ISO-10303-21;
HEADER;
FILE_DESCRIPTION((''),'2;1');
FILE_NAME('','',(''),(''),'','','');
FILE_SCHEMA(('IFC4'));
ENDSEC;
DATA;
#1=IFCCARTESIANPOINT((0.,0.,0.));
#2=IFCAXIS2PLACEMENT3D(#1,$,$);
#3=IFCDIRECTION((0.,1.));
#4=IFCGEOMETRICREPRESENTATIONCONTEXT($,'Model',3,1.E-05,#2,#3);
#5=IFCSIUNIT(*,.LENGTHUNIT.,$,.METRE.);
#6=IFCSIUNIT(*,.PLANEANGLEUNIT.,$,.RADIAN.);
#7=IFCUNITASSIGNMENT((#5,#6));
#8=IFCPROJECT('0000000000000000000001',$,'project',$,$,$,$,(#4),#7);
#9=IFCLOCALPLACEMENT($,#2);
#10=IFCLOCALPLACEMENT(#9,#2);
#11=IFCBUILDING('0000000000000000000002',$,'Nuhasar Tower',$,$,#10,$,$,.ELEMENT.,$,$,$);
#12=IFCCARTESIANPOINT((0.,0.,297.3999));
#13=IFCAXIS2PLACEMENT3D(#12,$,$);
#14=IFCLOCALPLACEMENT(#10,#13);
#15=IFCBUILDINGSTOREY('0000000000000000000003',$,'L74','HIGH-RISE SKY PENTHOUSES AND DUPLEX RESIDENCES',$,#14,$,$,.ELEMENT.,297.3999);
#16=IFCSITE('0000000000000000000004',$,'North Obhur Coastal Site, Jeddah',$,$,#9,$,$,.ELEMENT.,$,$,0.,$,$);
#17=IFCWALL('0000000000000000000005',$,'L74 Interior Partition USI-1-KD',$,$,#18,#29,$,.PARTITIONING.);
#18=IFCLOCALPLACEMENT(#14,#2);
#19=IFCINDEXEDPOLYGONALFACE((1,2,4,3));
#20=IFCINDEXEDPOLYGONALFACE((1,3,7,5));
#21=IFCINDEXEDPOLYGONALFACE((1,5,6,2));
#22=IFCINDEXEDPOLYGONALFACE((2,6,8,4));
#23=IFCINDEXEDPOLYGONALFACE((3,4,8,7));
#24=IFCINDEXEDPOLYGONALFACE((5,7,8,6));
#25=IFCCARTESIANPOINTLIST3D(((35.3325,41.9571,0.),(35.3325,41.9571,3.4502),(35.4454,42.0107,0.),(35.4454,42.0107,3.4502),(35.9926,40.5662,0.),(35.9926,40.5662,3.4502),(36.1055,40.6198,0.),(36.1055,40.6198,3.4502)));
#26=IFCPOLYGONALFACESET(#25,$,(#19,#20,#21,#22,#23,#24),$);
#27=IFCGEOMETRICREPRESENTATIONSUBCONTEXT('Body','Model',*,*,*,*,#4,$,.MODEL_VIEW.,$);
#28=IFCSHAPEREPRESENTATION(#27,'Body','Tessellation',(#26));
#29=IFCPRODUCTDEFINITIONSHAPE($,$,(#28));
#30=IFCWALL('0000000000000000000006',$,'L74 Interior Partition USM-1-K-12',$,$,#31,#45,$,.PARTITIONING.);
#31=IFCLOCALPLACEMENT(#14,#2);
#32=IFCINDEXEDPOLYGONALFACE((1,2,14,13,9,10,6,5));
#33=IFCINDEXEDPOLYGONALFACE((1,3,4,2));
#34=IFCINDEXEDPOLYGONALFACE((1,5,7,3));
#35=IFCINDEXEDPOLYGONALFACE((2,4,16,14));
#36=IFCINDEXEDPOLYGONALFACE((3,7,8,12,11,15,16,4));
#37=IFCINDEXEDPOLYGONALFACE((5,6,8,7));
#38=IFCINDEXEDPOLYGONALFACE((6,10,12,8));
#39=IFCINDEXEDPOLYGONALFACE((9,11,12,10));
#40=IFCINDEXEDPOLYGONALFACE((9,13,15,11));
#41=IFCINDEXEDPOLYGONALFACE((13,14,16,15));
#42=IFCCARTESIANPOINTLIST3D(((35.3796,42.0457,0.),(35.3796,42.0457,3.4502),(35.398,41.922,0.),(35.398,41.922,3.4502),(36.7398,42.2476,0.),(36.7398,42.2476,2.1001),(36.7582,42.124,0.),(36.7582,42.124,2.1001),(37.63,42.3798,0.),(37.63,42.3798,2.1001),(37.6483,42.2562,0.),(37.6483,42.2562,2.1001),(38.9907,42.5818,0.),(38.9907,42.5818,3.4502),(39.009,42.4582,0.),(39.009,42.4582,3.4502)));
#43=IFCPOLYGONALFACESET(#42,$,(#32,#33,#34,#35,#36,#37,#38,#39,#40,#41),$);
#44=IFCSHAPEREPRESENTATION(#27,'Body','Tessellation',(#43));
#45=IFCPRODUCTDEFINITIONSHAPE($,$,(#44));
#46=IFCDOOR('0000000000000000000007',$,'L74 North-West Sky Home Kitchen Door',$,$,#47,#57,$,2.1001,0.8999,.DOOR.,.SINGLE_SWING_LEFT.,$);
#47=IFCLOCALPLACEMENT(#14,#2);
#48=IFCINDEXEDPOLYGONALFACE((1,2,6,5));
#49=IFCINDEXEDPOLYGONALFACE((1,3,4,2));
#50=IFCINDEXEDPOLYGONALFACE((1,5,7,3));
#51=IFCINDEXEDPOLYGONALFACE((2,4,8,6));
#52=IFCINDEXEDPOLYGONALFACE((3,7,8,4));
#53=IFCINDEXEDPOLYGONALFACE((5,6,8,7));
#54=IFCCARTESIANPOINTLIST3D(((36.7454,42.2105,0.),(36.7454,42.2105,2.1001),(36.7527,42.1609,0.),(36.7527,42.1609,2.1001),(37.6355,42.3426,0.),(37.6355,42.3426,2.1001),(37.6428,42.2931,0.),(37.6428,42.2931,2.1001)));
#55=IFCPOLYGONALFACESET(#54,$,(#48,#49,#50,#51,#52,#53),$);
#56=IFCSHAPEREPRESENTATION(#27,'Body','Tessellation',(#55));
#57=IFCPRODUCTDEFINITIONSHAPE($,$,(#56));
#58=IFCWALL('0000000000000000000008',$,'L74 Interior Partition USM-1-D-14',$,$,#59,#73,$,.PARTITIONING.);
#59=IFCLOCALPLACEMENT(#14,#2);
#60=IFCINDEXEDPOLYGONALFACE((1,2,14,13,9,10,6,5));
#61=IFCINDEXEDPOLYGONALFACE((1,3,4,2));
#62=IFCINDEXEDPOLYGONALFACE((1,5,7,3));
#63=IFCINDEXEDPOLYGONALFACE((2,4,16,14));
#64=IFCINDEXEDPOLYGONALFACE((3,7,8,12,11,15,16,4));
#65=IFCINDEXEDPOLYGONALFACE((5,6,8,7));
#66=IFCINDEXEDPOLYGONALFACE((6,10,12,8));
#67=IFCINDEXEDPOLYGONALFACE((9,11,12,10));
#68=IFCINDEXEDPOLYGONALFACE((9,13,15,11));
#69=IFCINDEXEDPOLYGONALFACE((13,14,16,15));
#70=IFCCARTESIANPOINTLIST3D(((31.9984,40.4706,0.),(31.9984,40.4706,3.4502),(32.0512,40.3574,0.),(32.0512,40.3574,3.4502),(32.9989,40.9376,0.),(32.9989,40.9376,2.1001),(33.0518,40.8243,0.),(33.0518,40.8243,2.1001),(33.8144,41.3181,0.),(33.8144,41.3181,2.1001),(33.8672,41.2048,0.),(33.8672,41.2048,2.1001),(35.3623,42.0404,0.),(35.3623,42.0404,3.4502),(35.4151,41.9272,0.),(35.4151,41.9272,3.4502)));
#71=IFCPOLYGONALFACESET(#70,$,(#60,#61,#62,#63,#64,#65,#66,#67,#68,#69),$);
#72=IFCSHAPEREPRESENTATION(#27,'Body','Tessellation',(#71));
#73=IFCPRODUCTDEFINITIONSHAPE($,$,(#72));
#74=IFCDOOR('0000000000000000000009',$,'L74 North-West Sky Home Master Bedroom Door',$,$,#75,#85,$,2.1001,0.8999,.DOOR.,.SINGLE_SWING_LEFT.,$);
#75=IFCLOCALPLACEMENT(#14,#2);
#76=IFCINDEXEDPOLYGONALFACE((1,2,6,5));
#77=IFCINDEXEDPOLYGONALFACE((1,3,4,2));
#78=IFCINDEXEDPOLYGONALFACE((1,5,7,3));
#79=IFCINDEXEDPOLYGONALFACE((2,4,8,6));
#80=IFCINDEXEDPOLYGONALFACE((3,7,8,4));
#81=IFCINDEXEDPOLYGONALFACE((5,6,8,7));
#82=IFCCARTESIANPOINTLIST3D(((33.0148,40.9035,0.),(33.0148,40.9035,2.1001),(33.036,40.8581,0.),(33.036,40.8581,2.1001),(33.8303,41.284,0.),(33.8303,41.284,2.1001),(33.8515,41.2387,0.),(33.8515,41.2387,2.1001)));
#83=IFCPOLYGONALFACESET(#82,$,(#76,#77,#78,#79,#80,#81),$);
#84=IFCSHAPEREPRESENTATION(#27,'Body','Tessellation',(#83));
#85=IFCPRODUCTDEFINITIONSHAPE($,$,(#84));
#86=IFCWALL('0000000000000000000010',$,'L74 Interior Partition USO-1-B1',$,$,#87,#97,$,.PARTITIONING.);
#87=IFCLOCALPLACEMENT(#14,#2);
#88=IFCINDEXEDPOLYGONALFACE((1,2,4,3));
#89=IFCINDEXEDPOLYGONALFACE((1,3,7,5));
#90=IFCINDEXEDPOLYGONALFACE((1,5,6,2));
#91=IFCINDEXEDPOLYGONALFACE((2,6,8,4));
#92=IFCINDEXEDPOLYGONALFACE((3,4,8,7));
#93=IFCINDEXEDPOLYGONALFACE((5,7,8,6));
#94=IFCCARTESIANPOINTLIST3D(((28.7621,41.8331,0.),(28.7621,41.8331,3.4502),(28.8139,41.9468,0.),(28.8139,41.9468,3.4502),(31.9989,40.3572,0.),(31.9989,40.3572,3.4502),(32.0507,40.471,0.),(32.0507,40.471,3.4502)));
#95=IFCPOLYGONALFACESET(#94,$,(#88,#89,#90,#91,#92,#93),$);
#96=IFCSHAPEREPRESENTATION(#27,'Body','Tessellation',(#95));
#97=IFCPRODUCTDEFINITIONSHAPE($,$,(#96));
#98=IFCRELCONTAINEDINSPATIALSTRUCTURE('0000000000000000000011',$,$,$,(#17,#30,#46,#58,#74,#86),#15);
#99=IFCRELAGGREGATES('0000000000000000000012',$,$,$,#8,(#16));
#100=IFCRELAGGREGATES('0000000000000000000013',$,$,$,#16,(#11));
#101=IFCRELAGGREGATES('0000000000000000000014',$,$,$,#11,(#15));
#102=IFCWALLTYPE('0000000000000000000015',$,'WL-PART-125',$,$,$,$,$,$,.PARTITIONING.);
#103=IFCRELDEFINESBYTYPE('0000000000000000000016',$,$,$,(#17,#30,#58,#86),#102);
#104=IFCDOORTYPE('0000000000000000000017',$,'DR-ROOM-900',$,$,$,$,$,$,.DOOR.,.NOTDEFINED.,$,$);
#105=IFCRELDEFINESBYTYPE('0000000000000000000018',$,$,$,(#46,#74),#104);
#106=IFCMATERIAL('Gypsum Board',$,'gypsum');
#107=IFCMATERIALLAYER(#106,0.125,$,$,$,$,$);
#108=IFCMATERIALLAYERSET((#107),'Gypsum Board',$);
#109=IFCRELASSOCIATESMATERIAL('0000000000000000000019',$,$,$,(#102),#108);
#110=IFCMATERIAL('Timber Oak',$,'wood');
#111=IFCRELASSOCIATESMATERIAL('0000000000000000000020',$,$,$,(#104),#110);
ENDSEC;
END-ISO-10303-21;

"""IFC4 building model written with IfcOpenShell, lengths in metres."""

from ifc_helpers import new_model, si_unit, direction, frame, frame_2d, origin, place, context, subcontext, project, spatial, rectangle, extrude, material, layer, layer_set, type_object, element, fill, save


model = new_model("IFC4")

# Units and contexts
model_context = context("Model", 3, precision=1e-05, world=origin(), true_north=direction((0.0, 1.0)))
body_context = subcontext(model_context, "Body", "Model", "MODEL_VIEW")
ifc_project = project(units=[si_unit("LENGTHUNIT", "METRE"), si_unit("PLANEANGLEUNIT", "RADIAN")], contexts=[model_context])

# Site, building, storey
site_placement = place(None, origin())
site = spatial("IfcSite", under=ifc_project, at=site_placement, Name="North Obhur Coastal Site, Jeddah", CompositionType="ELEMENT", RefElevation=0.0)
building_placement = place(site_placement, origin())
building = spatial("IfcBuilding", under=site, at=building_placement, Name="Nuhasar Tower", CompositionType="ELEMENT")
storey_placement = place(building_placement, frame((0.0, 0.0, 297.3999)))
storey = spatial("IfcBuildingStorey", under=building, at=storey_placement, Name="L74", Description="HIGH-RISE SKY PENTHOUSES AND DUPLEX RESIDENCES", CompositionType="ELEMENT", Elevation=297.3999)

# Shared definitions
ifc_material_1 = material(Name="Gypsum Board", Category="gypsum")

# Wall
ifc_layer_1 = layer(ifc_material_1, 0.125)
ifc_layer_set_1 = layer_set([ifc_layer_1], Name="Gypsum Board")
wall_type_1 = type_object("IfcWallType", Name="WL-PART-125", PredefinedType="PARTITIONING", material=ifc_layer_set_1)
wall_1_placement = place(storey_placement, frame((36.0491, 40.593, 0.0), z_axis=(0.0, 0.0, 1.0), x_axis=(-0.428788, 0.903405, 0.0)))
element("IfcWall", 1, at=wall_1_placement, inside=storey, type_object=wall_type_1, Name="L74 Interior Partition USI-1-KD", PredefinedType="PARTITIONING", context=body_context, shape_type="SweptSolid", body=[
    extrude(rectangle(XDim=1.5396, YDim=0.125, at=frame_2d((0.7698, 0.0))), origin(), (0.0, 0.0, 1.0), 3.4502),
])

# Walls, openings, doors
wall_2_placement = place(storey_placement, frame((35.3889, 41.9839, 0.0), z_axis=(0.0, 0.0, 1.0), x_axis=(0.989157, 0.146859, 0.0)))
wall_2 = element("IfcWall", 2, at=wall_2_placement, inside=storey, type_object=wall_type_1, Name="L74 Interior Partition USM-1-K-12", PredefinedType="PARTITIONING", context=body_context, shape_type="SweptSolid", body=[
    extrude(rectangle(XDim=3.6506, YDim=0.125, at=frame_2d((1.8252, 0.0))), origin(), (0.0, 0.0, 1.0), 3.4502),
])
opening_1_placement = place(wall_2_placement, frame((1.375, 0.0, 0.0)))
opening_1 = element("IfcOpeningElement", 3, at=opening_1_placement, cuts=wall_2, PredefinedType="OPENING", context=body_context, shape_type="SweptSolid", body=[
    extrude(rectangle(XDim=0.8999, YDim=2.1001, at=frame_2d((0.45, 1.05))), frame((0.0, 0.0725, 0.0), z_axis=(0.0, -1.0, 0.0), x_axis=(1.0, 0.0, 0.0)), (0.0, 0.0, 1.0), 0.145),
])
ifc_material_2 = material(Name="Timber Oak", Category="wood")
door_type_1 = type_object("IfcDoorType", Name="DR-ROOM-900", OperationType="NOTDEFINED", PredefinedType="DOOR", material=ifc_material_2)
door_1_placement = place(opening_1_placement, origin())
door_1 = element("IfcDoor", 4, at=door_1_placement, inside=storey, type_object=door_type_1, Name="L74 North-West Sky Home Kitchen Door", OperationType="SINGLE_SWING_LEFT", OverallHeight=2.1001, OverallWidth=0.8999, PredefinedType="DOOR", context=body_context, shape_type="SweptSolid", body=[
    extrude(rectangle(XDim=0.8999, YDim=2.1001, at=frame_2d((0.45, 1.05))), frame((0.0, 0.0249, 0.0), z_axis=(0.0, -1.0, 0.0), x_axis=(1.0, 0.0, 0.0)), (0.0, 0.0, 1.0), 0.05),
])
fill(opening_1, door_1)
wall_3_placement = place(storey_placement, frame((32.0249, 40.4141, 0.0), z_axis=(0.0, 0.0, 1.0), x_axis=(0.906188, 0.422875, 0.0)))
wall_3 = element("IfcWall", 5, at=wall_3_placement, inside=storey, type_object=wall_type_1, Name="L74 Interior Partition USM-1-D-14", PredefinedType="PARTITIONING", context=body_context, shape_type="SweptSolid", body=[
    extrude(rectangle(XDim=3.7122, YDim=0.125, at=frame_2d((1.856, 0.0))), origin(), (0.0, 0.0, 1.0), 3.4502),
])
opening_2_placement = place(wall_3_placement, frame((1.104, 0.0, 0.0)))
opening_2 = element("IfcOpeningElement", 6, at=opening_2_placement, cuts=wall_3, PredefinedType="OPENING", context=body_context, shape_type="SweptSolid", body=[
    extrude(rectangle(XDim=0.8999, YDim=2.1001, at=frame_2d((0.45, 1.05))), frame((0.0, 0.0725, 0.0), z_axis=(0.0, -1.0, 0.0), x_axis=(1.0, 0.0, 0.0)), (0.0, 0.0, 1.0), 0.145),
])
door_2_placement = place(opening_2_placement, origin())
door_2 = element("IfcDoor", 7, at=door_2_placement, inside=storey, type_object=door_type_1, Name="L74 North-West Sky Home Master Bedroom Door", OperationType="SINGLE_SWING_LEFT", OverallHeight=2.1001, OverallWidth=0.8999, PredefinedType="DOOR", context=body_context, shape_type="SweptSolid", body=[
    extrude(rectangle(XDim=0.8999, YDim=2.1001, at=frame_2d((0.45, 1.05))), frame((0.0, 0.0249, 0.0), z_axis=(0.0, -1.0, 0.0), x_axis=(1.0, 0.0, 0.0)), (0.0, 0.0, 1.0), 0.05),
])
fill(opening_2, door_2)

# Wall
wall_4_placement = place(storey_placement, frame((32.0249, 40.4141, 0.0), z_axis=(0.0, 0.0, 1.0), x_axis=(-0.909884, 0.414863, 0.0)))
element("IfcWall", 8, at=wall_4_placement, inside=storey, type_object=wall_type_1, Name="L74 Interior Partition USO-1-B1", PredefinedType="PARTITIONING", context=body_context, shape_type="SweptSolid", body=[
    extrude(rectangle(XDim=3.5574, YDim=0.125, at=frame_2d((1.7788, 0.0))), origin(), (0.0, 0.0, 1.0), 3.4502),
])

save(model, "model.ifc")
